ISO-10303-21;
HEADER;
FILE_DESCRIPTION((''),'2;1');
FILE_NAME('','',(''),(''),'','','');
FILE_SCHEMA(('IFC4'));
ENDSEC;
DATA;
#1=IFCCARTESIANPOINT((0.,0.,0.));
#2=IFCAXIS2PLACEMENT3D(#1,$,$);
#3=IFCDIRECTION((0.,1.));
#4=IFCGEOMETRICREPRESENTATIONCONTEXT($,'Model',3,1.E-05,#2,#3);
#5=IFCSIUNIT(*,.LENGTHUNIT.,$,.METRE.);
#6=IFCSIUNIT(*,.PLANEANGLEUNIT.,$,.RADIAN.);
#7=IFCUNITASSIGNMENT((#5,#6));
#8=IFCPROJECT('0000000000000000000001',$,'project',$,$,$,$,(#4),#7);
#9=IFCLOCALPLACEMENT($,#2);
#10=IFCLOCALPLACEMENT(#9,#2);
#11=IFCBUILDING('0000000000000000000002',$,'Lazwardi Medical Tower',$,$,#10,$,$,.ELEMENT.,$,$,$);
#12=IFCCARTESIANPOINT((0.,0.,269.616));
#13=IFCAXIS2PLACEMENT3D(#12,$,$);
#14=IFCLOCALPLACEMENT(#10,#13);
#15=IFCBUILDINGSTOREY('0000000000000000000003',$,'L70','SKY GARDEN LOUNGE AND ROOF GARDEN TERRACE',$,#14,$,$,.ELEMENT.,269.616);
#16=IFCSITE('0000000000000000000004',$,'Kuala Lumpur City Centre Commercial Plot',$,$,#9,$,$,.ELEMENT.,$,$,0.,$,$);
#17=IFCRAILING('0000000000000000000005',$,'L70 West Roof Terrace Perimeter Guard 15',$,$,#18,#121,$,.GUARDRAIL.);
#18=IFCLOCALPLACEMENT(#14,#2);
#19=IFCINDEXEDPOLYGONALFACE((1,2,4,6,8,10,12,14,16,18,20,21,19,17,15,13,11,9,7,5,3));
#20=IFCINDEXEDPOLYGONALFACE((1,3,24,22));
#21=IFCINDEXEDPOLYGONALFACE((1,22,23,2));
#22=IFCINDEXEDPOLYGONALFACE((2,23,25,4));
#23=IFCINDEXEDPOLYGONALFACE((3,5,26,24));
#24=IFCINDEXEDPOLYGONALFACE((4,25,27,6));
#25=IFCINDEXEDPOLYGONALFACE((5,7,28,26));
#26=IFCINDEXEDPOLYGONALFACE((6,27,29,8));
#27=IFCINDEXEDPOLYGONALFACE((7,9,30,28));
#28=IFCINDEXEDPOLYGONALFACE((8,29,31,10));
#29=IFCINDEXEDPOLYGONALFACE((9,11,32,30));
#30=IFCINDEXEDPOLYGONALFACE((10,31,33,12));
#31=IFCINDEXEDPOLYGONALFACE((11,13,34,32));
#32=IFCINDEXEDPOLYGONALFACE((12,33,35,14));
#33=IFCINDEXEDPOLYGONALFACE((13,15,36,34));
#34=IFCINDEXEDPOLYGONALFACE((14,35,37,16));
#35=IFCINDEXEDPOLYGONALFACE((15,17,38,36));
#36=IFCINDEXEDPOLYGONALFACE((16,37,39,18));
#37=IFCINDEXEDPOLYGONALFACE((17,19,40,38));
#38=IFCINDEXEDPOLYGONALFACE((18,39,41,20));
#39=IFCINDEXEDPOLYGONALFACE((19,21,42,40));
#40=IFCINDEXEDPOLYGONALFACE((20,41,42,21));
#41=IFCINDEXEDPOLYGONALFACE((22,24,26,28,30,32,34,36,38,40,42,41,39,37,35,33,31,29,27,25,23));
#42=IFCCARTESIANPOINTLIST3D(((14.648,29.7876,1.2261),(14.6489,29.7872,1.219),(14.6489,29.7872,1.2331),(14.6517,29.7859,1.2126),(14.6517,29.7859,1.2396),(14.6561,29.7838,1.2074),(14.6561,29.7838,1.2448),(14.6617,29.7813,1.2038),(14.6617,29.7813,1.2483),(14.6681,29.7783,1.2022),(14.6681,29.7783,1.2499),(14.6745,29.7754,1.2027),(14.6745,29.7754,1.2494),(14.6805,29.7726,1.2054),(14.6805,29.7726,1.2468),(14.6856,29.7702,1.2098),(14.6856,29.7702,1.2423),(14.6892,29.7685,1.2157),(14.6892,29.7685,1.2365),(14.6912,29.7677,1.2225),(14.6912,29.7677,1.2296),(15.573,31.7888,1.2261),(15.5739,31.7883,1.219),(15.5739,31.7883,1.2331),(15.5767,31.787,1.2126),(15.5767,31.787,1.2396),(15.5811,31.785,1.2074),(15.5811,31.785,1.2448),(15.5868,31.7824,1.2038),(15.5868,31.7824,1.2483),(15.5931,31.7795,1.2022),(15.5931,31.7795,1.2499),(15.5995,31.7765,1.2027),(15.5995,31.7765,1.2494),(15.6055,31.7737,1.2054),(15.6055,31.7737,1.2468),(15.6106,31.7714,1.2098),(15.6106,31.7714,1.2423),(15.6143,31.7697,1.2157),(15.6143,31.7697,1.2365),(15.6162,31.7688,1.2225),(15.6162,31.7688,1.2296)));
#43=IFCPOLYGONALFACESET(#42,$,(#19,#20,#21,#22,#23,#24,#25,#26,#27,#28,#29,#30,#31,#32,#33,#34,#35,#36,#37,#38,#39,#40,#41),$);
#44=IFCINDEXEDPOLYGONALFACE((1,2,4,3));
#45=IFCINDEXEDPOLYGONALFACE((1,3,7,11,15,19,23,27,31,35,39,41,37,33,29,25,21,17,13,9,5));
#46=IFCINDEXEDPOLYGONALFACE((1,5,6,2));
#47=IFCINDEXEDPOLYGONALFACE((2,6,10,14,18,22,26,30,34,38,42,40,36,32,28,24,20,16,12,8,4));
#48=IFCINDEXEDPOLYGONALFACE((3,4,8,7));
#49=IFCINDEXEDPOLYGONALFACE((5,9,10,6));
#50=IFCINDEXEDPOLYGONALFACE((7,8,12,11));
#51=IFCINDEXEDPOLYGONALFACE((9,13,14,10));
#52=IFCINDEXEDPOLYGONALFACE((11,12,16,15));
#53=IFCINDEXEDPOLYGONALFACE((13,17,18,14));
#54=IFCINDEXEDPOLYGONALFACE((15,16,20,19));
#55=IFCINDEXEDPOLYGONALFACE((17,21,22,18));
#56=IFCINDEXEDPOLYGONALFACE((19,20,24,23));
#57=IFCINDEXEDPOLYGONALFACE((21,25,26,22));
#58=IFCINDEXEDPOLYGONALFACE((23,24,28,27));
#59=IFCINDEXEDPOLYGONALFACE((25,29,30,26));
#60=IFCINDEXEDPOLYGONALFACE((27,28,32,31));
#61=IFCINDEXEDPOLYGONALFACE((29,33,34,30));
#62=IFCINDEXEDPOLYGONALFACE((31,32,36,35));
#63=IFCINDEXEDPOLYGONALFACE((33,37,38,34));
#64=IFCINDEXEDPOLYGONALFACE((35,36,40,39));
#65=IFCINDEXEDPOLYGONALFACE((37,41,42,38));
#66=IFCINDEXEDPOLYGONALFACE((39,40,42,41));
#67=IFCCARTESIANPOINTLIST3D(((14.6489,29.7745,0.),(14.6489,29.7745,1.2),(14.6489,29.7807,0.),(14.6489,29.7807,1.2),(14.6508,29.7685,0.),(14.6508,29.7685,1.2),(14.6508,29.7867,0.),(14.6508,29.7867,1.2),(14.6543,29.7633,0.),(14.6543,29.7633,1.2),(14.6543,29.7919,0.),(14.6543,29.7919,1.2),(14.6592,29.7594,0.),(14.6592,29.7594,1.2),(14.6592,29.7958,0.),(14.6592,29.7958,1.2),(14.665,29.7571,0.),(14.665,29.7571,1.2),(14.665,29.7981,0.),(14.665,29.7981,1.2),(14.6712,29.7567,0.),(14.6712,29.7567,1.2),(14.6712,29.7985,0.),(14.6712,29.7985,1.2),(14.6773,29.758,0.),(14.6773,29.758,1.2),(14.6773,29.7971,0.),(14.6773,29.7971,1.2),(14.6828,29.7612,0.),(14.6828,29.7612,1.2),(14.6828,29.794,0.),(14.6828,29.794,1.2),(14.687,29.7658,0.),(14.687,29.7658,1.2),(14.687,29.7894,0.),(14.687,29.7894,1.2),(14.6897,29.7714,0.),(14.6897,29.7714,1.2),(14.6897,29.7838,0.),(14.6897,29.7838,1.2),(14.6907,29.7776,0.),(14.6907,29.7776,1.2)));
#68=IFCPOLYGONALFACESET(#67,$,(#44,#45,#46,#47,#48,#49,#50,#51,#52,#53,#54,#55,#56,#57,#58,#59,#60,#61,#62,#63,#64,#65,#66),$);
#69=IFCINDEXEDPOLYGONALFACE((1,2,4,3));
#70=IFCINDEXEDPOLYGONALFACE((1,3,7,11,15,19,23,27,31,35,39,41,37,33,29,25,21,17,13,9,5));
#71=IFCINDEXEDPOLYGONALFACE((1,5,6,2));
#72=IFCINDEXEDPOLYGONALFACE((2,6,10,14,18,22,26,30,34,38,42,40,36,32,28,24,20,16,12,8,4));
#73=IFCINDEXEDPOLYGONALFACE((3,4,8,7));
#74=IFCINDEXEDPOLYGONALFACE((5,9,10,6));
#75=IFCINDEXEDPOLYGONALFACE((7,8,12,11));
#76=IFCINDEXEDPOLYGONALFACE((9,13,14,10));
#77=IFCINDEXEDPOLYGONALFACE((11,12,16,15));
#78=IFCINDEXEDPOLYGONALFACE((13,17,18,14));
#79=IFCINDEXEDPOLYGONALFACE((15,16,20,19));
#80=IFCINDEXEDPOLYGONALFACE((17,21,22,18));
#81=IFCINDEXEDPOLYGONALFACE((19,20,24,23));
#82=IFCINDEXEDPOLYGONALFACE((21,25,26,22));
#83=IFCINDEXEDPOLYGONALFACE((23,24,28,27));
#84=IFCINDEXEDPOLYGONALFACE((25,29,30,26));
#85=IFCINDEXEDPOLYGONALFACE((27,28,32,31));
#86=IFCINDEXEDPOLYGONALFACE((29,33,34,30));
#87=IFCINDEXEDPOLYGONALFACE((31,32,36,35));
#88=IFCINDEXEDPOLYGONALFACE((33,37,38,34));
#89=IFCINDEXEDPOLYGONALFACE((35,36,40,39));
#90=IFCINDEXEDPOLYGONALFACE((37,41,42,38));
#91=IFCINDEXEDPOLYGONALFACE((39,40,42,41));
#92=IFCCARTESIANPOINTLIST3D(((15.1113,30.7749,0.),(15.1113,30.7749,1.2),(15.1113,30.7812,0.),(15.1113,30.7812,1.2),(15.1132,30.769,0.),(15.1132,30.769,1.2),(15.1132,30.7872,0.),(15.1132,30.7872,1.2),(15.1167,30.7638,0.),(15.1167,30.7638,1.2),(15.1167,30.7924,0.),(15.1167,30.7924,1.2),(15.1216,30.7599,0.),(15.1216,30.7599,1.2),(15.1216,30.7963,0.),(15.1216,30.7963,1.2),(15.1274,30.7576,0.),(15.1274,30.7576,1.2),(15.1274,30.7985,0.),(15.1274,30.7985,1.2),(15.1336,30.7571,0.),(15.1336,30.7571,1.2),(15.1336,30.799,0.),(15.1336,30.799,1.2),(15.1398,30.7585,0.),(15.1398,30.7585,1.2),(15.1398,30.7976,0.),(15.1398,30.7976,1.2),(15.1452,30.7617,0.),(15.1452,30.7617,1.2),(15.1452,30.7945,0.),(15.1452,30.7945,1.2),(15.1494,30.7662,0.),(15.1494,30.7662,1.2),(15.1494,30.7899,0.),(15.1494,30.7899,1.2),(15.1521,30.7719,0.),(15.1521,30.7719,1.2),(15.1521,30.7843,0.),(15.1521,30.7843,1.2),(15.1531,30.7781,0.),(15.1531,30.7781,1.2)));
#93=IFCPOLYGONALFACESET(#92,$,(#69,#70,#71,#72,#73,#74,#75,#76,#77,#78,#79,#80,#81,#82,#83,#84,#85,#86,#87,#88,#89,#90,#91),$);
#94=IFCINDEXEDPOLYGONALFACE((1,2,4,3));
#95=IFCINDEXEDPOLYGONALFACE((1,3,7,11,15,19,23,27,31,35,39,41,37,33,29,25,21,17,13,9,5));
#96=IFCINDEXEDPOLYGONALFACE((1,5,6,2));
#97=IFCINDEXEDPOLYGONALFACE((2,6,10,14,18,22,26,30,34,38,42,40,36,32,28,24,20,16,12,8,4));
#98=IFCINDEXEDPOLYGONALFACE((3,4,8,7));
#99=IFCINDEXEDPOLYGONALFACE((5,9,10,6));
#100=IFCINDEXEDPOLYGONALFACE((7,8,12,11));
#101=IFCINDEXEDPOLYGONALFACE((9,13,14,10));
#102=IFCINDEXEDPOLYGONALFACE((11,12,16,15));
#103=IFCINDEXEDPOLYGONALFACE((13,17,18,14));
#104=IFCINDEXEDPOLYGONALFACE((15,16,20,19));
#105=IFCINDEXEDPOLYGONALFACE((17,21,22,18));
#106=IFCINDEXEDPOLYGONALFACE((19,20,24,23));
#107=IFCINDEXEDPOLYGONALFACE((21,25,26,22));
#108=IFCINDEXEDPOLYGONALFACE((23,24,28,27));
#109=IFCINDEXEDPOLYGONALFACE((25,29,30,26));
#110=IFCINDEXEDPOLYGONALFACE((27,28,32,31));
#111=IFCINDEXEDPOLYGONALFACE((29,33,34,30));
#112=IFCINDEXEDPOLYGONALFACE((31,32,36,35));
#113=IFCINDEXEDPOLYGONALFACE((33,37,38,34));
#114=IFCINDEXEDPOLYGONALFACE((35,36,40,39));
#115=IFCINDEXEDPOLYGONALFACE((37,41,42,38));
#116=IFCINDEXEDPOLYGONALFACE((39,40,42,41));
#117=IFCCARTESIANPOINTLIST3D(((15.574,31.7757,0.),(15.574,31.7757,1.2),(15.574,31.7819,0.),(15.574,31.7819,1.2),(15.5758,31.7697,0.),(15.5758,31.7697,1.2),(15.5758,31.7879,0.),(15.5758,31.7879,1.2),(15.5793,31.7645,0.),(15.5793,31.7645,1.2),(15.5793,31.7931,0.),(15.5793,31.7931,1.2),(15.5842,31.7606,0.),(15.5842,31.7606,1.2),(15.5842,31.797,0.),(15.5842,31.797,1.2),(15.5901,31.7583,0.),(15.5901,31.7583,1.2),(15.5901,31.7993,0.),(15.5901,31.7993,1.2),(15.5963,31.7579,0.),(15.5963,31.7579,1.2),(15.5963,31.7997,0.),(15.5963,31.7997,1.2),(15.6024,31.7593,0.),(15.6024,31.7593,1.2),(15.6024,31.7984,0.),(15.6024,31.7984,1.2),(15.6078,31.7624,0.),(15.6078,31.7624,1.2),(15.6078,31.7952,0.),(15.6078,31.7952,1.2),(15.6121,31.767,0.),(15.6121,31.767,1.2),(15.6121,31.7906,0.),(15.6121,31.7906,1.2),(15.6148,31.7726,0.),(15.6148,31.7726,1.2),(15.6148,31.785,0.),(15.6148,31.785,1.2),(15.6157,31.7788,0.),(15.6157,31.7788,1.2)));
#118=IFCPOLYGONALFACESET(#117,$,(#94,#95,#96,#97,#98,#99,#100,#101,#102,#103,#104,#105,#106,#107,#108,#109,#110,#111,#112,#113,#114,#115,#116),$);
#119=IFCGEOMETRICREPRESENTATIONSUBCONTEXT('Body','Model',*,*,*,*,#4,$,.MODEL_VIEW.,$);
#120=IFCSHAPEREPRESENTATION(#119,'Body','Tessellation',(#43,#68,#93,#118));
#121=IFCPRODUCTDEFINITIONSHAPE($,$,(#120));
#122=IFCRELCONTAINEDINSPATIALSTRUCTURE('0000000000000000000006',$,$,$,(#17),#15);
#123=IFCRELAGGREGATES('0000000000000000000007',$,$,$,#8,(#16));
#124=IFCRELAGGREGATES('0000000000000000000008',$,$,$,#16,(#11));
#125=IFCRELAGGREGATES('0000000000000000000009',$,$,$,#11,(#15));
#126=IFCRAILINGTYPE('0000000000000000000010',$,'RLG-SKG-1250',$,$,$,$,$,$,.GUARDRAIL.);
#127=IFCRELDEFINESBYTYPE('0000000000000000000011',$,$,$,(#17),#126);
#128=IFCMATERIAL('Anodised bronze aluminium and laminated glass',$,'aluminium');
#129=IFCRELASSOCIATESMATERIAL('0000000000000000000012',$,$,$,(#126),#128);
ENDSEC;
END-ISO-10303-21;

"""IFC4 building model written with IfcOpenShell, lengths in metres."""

from ifc_helpers import new_model, si_unit, direction, frame, origin, origin_2d, place, context, subcontext, project, spatial, circle, extrude, material, type_object, element, save


model = new_model("IFC4")

# Units and contexts
model_context = context("Model", 3, precision=1e-05, world=origin(), true_north=direction((0.0, 1.0)))
body_context = subcontext(model_context, "Body", "Model", "MODEL_VIEW")
ifc_project = project(units=[si_unit("LENGTHUNIT", "METRE"), si_unit("PLANEANGLEUNIT", "RADIAN")], contexts=[model_context])

# Site, building, storey
site_placement = place(None, origin())
site = spatial("IfcSite", under=ifc_project, at=site_placement, Name="Kuala Lumpur City Centre Commercial Plot", CompositionType="ELEMENT", RefElevation=0.0)
building_placement = place(site_placement, origin())
building = spatial("IfcBuilding", under=site, at=building_placement, Name="Lazwardi Medical Tower", CompositionType="ELEMENT")
storey_placement = place(building_placement, frame((0.0, 0.0, 269.616)))
storey = spatial("IfcBuildingStorey", under=building, at=storey_placement, Name="L70", Description="SKY GARDEN LOUNGE AND ROOF GARDEN TERRACE", CompositionType="ELEMENT", Elevation=269.616)

# Shared definitions
ifc_material_1 = material(Name="Anodised bronze aluminium and laminated glass", Category="aluminium")

# Railing
railing_type = type_object("IfcRailingType", Name="RLG-SKG-1250", PredefinedType="GUARDRAIL", material=ifc_material_1)
railing_1_placement = place(storey_placement, frame((14.6697, 29.7776, 0.0)))
element("IfcRailing", 1, at=railing_1_placement, inside=storey, type_object=railing_type, Name="L70 West Roof Terrace Perimeter Guard 15", PredefinedType="GUARDRAIL", context=body_context, shape_type="SweptSolid", body=[
    extrude(circle(Radius=0.0239, at=origin_2d()), frame((0.0, 0.0, 1.2261), z_axis=(0.419585, 0.907716, 0.0), x_axis=(-0.907716, 0.419585, 0.0)), (0.0, 0.0, 1.0), 2.2046),
    extrude(circle(Radius=0.021, at=origin_2d()), origin(), (0.0, 0.0, 1.0), 1.2),
    extrude(circle(Radius=0.021, at=origin_2d()), frame((0.4624, 1.0005, 0.0)), (0.0, 0.0, 1.0), 1.2),
    extrude(circle(Radius=0.021, at=origin_2d()), frame((0.925, 2.0012, 0.0)), (0.0, 0.0, 1.0), 1.2),
])

save(model, "model.ifc")
